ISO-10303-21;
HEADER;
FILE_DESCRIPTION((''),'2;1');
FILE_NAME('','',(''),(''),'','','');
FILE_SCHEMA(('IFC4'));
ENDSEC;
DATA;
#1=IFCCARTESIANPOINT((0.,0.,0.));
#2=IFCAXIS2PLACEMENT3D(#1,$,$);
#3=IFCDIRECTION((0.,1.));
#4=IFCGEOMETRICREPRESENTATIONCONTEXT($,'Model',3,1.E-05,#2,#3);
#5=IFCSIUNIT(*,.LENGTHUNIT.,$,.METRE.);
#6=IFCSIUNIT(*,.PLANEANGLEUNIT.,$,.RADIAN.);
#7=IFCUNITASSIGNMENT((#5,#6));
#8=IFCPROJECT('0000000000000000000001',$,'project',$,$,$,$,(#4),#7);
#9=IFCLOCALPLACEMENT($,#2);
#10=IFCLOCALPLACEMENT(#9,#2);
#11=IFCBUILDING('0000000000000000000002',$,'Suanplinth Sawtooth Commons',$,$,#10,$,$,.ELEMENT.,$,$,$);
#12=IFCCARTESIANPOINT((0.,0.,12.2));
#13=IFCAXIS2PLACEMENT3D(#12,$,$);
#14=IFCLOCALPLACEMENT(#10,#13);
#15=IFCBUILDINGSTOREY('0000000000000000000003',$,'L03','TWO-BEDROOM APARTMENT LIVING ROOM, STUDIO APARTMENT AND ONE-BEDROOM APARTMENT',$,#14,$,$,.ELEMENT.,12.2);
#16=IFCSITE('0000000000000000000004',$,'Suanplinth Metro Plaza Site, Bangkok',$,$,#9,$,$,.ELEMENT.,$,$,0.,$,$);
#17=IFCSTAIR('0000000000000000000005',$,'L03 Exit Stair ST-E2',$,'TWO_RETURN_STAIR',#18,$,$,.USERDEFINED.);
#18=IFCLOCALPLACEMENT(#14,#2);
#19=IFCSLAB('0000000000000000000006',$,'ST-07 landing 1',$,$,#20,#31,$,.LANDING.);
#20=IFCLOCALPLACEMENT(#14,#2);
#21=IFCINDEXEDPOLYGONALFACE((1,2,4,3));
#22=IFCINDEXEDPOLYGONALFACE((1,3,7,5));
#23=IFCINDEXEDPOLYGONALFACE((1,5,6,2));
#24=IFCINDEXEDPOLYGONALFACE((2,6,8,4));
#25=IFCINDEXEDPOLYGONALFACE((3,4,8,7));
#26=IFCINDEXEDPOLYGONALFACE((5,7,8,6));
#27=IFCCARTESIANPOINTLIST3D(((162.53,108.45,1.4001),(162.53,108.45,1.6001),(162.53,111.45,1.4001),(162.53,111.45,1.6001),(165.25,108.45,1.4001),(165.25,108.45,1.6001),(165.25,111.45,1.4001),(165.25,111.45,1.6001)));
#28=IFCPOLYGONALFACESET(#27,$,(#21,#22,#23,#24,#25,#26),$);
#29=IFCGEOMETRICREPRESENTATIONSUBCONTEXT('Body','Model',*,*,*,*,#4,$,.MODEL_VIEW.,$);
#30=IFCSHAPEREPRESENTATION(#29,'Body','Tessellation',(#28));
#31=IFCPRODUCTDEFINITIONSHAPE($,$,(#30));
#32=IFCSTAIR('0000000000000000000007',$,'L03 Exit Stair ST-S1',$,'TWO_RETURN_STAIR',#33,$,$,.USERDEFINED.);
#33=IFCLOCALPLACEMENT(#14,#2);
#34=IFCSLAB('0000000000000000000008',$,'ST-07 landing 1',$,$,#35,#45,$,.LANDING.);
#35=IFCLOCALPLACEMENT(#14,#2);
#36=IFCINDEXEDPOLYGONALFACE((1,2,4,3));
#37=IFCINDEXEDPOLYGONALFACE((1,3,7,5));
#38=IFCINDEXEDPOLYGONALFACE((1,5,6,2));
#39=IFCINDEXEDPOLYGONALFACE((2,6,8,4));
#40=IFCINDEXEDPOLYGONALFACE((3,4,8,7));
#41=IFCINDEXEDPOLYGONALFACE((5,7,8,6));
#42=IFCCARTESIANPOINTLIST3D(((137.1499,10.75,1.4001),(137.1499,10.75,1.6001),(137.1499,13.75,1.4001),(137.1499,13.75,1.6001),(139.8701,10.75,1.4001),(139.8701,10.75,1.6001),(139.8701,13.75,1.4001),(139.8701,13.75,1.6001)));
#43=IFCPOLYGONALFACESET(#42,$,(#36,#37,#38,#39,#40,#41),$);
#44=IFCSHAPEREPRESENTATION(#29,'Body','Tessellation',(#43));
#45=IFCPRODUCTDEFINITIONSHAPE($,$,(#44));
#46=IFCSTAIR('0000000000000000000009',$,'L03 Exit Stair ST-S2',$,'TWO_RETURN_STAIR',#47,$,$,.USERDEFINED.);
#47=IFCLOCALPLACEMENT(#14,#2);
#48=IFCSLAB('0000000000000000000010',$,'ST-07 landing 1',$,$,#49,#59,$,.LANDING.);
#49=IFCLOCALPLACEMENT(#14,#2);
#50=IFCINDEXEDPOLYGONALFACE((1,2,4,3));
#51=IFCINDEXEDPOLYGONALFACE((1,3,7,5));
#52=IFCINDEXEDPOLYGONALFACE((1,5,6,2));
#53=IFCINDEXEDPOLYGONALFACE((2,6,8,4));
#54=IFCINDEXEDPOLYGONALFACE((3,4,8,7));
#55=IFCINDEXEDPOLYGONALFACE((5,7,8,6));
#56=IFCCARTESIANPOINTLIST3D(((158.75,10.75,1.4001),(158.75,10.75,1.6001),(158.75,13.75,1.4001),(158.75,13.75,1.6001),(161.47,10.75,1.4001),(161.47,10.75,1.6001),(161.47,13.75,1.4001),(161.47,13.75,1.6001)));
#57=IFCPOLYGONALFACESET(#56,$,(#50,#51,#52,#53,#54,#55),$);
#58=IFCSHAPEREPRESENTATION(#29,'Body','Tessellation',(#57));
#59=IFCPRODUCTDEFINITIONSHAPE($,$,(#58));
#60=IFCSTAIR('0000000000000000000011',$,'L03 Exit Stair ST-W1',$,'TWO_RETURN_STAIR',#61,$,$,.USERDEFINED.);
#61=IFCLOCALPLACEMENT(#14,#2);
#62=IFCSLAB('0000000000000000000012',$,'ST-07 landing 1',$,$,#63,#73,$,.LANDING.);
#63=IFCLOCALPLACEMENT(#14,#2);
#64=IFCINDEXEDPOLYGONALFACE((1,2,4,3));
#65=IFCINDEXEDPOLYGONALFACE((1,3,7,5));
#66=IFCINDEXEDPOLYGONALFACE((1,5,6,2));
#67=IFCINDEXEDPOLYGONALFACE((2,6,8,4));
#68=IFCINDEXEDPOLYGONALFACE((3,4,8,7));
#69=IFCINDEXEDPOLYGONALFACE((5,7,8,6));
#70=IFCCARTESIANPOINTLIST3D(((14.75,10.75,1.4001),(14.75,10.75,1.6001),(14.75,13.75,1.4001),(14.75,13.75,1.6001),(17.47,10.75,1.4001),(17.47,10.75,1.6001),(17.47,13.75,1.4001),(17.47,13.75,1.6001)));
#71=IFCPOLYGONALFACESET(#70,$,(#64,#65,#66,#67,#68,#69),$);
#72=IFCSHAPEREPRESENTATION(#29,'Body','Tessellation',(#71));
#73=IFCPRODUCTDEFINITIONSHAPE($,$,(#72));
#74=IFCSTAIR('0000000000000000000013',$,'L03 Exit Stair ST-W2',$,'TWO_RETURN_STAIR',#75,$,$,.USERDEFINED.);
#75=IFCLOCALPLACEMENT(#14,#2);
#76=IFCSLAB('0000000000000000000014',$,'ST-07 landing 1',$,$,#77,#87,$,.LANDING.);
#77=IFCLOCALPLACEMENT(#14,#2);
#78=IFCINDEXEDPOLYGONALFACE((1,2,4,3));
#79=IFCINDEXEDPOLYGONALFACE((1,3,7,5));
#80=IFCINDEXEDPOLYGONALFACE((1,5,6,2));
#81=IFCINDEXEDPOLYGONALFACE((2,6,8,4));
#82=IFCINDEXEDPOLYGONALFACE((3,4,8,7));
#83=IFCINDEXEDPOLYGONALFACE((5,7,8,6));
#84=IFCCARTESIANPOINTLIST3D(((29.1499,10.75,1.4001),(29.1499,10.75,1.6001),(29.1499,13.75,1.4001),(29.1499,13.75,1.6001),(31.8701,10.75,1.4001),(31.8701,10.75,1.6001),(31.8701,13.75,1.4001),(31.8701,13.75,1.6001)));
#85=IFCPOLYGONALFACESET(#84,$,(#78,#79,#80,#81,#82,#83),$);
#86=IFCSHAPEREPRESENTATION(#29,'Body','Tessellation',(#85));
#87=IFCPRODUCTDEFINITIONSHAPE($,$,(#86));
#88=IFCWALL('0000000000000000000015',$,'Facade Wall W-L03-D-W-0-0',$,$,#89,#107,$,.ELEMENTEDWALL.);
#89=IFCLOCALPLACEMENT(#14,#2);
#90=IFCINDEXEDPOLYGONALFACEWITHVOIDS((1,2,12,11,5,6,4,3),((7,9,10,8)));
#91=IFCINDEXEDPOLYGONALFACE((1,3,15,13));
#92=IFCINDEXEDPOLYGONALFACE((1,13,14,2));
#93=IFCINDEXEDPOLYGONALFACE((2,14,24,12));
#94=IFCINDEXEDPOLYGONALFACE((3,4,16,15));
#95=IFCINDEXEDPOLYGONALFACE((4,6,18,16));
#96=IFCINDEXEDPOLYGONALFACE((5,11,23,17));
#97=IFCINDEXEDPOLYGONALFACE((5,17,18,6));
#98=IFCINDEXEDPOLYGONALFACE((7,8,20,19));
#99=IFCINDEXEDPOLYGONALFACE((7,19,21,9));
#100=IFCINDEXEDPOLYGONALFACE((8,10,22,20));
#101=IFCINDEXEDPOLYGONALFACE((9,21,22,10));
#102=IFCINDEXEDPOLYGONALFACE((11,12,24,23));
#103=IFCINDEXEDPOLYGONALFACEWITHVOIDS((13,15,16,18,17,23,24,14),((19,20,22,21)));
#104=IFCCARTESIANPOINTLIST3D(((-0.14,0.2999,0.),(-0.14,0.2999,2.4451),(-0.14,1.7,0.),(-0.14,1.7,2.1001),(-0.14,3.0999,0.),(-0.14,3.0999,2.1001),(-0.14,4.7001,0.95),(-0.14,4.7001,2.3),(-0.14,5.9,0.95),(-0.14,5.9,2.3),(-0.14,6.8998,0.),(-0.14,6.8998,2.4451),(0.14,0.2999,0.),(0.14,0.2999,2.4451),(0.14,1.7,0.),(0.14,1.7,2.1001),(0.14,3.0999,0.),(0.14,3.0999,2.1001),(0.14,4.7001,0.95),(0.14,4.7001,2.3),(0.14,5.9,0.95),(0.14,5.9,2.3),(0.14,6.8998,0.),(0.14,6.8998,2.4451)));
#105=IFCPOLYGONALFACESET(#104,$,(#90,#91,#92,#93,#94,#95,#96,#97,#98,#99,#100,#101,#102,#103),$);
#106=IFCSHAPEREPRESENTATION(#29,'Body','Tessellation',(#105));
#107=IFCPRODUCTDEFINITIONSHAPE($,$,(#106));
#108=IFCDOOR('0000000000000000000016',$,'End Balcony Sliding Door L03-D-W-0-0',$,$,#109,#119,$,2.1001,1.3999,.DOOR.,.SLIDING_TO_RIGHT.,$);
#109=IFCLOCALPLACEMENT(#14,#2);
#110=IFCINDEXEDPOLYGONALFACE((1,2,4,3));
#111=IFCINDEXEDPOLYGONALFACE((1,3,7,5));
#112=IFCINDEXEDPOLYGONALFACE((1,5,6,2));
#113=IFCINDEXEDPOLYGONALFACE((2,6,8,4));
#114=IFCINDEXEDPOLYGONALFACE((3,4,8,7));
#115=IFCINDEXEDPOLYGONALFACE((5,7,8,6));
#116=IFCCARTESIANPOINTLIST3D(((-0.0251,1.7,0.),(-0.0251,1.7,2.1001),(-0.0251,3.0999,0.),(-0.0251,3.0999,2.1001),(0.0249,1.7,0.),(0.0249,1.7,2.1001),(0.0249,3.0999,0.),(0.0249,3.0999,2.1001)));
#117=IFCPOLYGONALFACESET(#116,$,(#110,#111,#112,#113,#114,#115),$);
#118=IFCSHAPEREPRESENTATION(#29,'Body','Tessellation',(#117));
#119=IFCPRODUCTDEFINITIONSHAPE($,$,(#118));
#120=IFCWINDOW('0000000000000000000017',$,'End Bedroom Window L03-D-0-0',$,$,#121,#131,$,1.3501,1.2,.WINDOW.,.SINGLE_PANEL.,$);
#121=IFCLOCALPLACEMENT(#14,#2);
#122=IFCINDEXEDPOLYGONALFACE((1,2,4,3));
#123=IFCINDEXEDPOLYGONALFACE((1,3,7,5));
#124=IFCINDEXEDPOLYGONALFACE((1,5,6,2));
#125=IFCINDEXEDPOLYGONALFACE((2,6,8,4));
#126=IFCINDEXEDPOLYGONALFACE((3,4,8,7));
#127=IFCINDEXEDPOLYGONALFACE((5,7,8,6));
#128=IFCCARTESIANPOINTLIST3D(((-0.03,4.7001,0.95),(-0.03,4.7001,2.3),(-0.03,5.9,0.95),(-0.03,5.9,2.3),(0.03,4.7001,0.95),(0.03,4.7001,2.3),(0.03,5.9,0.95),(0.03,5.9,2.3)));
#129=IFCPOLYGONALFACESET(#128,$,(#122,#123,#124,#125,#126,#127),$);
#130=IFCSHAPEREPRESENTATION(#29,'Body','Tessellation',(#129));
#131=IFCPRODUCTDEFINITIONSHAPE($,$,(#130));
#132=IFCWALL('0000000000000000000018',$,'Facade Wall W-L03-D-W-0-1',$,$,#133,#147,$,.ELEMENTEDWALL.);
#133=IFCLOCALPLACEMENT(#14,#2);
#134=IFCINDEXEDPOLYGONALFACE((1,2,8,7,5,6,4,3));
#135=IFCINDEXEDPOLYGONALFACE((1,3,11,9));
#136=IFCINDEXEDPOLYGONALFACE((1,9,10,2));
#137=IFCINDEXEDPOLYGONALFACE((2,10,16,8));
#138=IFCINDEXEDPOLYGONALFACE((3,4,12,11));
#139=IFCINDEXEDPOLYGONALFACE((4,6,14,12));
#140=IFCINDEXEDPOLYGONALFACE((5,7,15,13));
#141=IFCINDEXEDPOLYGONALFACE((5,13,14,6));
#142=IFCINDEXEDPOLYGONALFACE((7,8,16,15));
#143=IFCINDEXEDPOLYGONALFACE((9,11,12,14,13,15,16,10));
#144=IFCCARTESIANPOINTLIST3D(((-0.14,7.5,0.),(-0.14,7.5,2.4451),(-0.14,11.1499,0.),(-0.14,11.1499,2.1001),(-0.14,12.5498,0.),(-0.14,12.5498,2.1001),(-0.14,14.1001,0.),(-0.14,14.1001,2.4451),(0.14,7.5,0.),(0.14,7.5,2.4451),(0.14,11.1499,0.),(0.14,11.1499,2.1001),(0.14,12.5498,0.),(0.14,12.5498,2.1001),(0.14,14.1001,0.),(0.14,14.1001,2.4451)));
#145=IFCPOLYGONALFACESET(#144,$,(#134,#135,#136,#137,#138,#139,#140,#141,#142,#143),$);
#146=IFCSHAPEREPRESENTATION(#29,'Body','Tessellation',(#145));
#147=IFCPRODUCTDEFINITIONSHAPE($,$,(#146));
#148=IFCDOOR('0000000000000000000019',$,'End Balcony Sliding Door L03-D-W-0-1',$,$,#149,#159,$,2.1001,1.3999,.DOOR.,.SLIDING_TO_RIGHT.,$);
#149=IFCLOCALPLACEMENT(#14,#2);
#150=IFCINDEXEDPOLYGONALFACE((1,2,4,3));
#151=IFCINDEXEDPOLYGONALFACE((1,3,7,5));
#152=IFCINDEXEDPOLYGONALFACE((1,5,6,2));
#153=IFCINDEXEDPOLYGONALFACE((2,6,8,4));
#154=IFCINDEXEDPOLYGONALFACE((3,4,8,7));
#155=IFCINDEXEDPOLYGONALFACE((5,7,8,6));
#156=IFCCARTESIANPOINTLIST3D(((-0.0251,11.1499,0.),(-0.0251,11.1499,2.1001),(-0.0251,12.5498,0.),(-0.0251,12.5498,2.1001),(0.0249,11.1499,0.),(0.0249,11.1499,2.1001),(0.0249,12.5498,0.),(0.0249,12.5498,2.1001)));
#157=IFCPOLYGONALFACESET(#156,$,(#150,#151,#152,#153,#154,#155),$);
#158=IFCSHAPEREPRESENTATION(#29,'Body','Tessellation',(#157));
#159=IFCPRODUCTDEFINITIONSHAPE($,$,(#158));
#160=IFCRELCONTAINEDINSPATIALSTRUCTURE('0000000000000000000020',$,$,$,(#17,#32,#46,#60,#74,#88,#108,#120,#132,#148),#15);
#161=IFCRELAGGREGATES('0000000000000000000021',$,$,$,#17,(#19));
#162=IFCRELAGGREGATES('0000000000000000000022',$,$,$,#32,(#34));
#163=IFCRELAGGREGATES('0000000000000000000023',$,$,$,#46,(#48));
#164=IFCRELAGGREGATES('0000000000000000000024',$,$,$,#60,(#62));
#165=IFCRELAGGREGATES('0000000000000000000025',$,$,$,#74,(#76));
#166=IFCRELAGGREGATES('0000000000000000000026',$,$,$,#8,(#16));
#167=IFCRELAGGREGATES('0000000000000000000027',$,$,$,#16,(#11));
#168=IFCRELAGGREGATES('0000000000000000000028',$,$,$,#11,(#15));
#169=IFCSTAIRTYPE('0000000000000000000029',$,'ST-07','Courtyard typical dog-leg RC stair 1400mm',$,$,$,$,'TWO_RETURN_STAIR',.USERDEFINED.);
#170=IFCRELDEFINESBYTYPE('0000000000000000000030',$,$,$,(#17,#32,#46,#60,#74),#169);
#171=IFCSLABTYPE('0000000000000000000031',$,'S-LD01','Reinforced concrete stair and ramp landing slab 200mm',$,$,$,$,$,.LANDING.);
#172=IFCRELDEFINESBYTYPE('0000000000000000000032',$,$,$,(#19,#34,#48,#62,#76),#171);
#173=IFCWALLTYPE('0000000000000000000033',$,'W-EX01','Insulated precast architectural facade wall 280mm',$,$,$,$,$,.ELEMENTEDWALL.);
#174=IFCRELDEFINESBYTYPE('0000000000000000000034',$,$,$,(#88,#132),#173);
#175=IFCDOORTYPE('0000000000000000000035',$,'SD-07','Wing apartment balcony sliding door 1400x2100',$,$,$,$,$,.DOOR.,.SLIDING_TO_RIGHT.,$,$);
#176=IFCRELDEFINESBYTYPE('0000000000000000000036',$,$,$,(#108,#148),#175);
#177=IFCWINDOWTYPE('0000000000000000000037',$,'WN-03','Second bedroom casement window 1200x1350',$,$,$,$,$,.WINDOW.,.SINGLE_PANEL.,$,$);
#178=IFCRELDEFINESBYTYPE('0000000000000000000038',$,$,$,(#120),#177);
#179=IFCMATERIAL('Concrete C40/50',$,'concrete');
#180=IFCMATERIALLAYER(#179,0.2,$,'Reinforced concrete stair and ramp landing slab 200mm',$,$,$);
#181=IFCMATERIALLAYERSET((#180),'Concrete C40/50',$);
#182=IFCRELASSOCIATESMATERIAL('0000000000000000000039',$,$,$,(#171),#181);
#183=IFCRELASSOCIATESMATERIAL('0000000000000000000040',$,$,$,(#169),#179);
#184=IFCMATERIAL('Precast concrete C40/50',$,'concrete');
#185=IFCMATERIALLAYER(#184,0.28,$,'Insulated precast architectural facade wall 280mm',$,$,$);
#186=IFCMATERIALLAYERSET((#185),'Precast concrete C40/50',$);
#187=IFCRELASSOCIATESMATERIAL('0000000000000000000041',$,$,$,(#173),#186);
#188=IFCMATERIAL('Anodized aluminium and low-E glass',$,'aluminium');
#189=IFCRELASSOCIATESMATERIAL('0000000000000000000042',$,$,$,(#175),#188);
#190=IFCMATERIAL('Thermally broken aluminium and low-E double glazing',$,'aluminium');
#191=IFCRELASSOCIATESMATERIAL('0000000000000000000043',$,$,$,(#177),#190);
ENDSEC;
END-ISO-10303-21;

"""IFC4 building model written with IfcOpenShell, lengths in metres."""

from ifc_helpers import new_model, si_unit, direction, frame, frame_2d, origin, place, context, subcontext, project, spatial, polyline, rectangle, outline, extrude, material, layer, layer_set, type_object, element, fill, aggregate, save


model = new_model("IFC4")

# Units and contexts
model_context = context("Model", 3, precision=1e-05, world=origin(), true_north=direction((0.0, 1.0)))
body_context = subcontext(model_context, "Body", "Model", "MODEL_VIEW")
ifc_project = project(units=[si_unit("LENGTHUNIT", "METRE"), si_unit("PLANEANGLEUNIT", "RADIAN")], contexts=[model_context])

# Site, building, storey
site_placement = place(None, origin())
site = spatial("IfcSite", under=ifc_project, at=site_placement, Name="Suanplinth Metro Plaza Site, Bangkok", CompositionType="ELEMENT", RefElevation=0.0)
building_placement = place(site_placement, origin())
building = spatial("IfcBuilding", under=site, at=building_placement, Name="Suanplinth Sawtooth Commons", CompositionType="ELEMENT")
storey_placement = place(building_placement, frame((0.0, 0.0, 12.2)))
storey = spatial("IfcBuildingStorey", under=building, at=storey_placement, Name="L03", Description="TWO-BEDROOM APARTMENT LIVING ROOM, STUDIO APARTMENT AND ONE-BEDROOM APARTMENT", CompositionType="ELEMENT", Elevation=12.2)

# Shared definitions
ifc_material_1 = material(Name="Precast concrete C40/50", Category="concrete")

# Stairs, slabs
ifc_material_2 = material(Name="Concrete C40/50", Category="concrete")
ifc_layer_1 = layer(ifc_material_2, 0.2, Name="Reinforced concrete stair and ramp landing slab 200mm")
ifc_layer_set_1 = layer_set([ifc_layer_1], Name="Concrete C40/50")
slab_type_1 = type_object("IfcSlabType", Name="S-LD01", Description="Reinforced concrete stair and ramp landing slab 200mm", PredefinedType="LANDING", material=ifc_layer_set_1)
stair_type_1 = type_object("IfcStairType", Name="ST-07", Description="Courtyard typical dog-leg RC stair 1400mm", ElementType="TWO_RETURN_STAIR", PredefinedType="USERDEFINED", material=ifc_material_2)
stair_1_placement = place(storey_placement, origin())
stair_1 = element("IfcStair", 1, at=stair_1_placement, inside=storey, type_object=stair_type_1, Name="L03 Exit Stair ST-E2", ObjectType="TWO_RETURN_STAIR", PredefinedType="USERDEFINED")
slab_1_placement = place(storey_placement, frame((0.0, 0.0, 1.4001)))
slab_1 = element("IfcSlab", 2, at=slab_1_placement, type_object=slab_type_1, Name="ST-07 landing 1", PredefinedType="LANDING", context=body_context, shape_type="SweptSolid", body=[
    extrude(outline(polyline([(162.53, 108.45), (165.25, 108.45), (165.25, 111.45), (162.53, 111.45), (162.53, 108.45)])), origin(), (0.0, 0.0, 1.0), 0.2),
])
aggregate(stair_1, [slab_1])
stair_2_placement = place(storey_placement, origin())
stair_2 = element("IfcStair", 3, at=stair_2_placement, inside=storey, type_object=stair_type_1, Name="L03 Exit Stair ST-S1", ObjectType="TWO_RETURN_STAIR", PredefinedType="USERDEFINED")
slab_2_placement = place(storey_placement, frame((0.0, 0.0, 1.4001)))
slab_2 = element("IfcSlab", 4, at=slab_2_placement, type_object=slab_type_1, Name="ST-07 landing 1", PredefinedType="LANDING", context=body_context, shape_type="SweptSolid", body=[
    extrude(outline(polyline([(139.8701, 13.75), (137.1499, 13.75), (137.1499, 10.75), (139.8701, 10.75), (139.8701, 13.75)])), origin(), (0.0, 0.0, 1.0), 0.2),
])
aggregate(stair_2, [slab_2])
stair_3_placement = place(storey_placement, origin())
stair_3 = element("IfcStair", 5, at=stair_3_placement, inside=storey, type_object=stair_type_1, Name="L03 Exit Stair ST-S2", ObjectType="TWO_RETURN_STAIR", PredefinedType="USERDEFINED")
slab_3_placement = place(storey_placement, frame((0.0, 0.0, 1.4001)))
slab_3 = element("IfcSlab", 6, at=slab_3_placement, type_object=slab_type_1, Name="ST-07 landing 1", PredefinedType="LANDING", context=body_context, shape_type="SweptSolid", body=[
    extrude(outline(polyline([(161.47, 13.75), (158.75, 13.75), (158.75, 10.75), (161.47, 10.75), (161.47, 13.75)])), origin(), (0.0, 0.0, 1.0), 0.2),
])
aggregate(stair_3, [slab_3])
stair_4_placement = place(storey_placement, origin())
stair_4 = element("IfcStair", 7, at=stair_4_placement, inside=storey, type_object=stair_type_1, Name="L03 Exit Stair ST-W1", ObjectType="TWO_RETURN_STAIR", PredefinedType="USERDEFINED")
slab_4_placement = place(storey_placement, frame((0.0, 0.0, 1.4001)))
slab_4 = element("IfcSlab", 8, at=slab_4_placement, type_object=slab_type_1, Name="ST-07 landing 1", PredefinedType="LANDING", context=body_context, shape_type="SweptSolid", body=[
    extrude(outline(polyline([(17.47, 13.75), (14.75, 13.75), (14.75, 10.75), (17.47, 10.75), (17.47, 13.75)])), origin(), (0.0, 0.0, 1.0), 0.2),
])
aggregate(stair_4, [slab_4])
stair_5_placement = place(storey_placement, origin())
stair_5 = element("IfcStair", 9, at=stair_5_placement, inside=storey, type_object=stair_type_1, Name="L03 Exit Stair ST-W2", ObjectType="TWO_RETURN_STAIR", PredefinedType="USERDEFINED")
slab_5_placement = place(storey_placement, frame((0.0, 0.0, 1.4001)))
slab_5 = element("IfcSlab", 10, at=slab_5_placement, type_object=slab_type_1, Name="ST-07 landing 1", PredefinedType="LANDING", context=body_context, shape_type="SweptSolid", body=[
    extrude(outline(polyline([(31.8701, 13.75), (29.1499, 13.75), (29.1499, 10.75), (31.8701, 10.75), (31.8701, 13.75)])), origin(), (0.0, 0.0, 1.0), 0.2),
])
aggregate(stair_5, [slab_5])

# Wall, openings, door, window
ifc_layer_2 = layer(ifc_material_1, 0.28, Name="Insulated precast architectural facade wall 280mm")
ifc_layer_set_2 = layer_set([ifc_layer_2], Name="Precast concrete C40/50")
wall_type_1 = type_object("IfcWallType", Name="W-EX01", Description="Insulated precast architectural facade wall 280mm", PredefinedType="ELEMENTEDWALL", material=ifc_layer_set_2)
ifc_material_3 = material(Name="Anodized aluminium and low-E glass", Category="aluminium")
ifc_material_4 = material(Name="Thermally broken aluminium and low-E double glazing", Category="aluminium")
wall_1_placement = place(storey_placement, frame((0.0, 0.3, 0.0), z_axis=(0.0, 0.0, 1.0), x_axis=(0.0, 1.0, 0.0)))
wall_1 = element("IfcWall", 11, at=wall_1_placement, inside=storey, type_object=wall_type_1, Name="Facade Wall W-L03-D-W-0-0", PredefinedType="ELEMENTEDWALL", context=body_context, shape_type="SweptSolid", body=[
    extrude(rectangle(XDim=6.5999, YDim=0.28, at=frame_2d((3.2998, 0.0))), origin(), (0.0, 0.0, 1.0), 2.4451),
])
opening_1_placement = place(wall_1_placement, frame((1.3999, 0.0, 0.0)))
opening_1 = element("IfcOpeningElement", 12, at=opening_1_placement, cuts=wall_1, PredefinedType="OPENING", context=body_context, shape_type="SweptSolid", body=[
    extrude(rectangle(XDim=1.3999, YDim=2.1001, at=frame_2d((0.7, 1.05))), frame((0.0, 0.1548, 0.0), z_axis=(0.0, -1.0, 0.0), x_axis=(1.0, 0.0, 0.0)), (0.0, 0.0, 1.0), 0.3098),
])
opening_2_placement = place(wall_1_placement, frame((4.3999, 0.0, 0.95)))
opening_2 = element("IfcOpeningElement", 13, at=opening_2_placement, cuts=wall_1, PredefinedType="OPENING", context=body_context, shape_type="SweptSolid", body=[
    extrude(rectangle(XDim=1.2, YDim=1.3501, at=frame_2d((0.6001, 0.675))), frame((0.0, 0.1548, 0.0), z_axis=(0.0, -1.0, 0.0), x_axis=(1.0, 0.0, 0.0)), (0.0, 0.0, 1.0), 0.3098),
])
door_type_1 = type_object("IfcDoorType", Name="SD-07", Description="Wing apartment balcony sliding door 1400x2100", OperationType="SLIDING_TO_RIGHT", PredefinedType="DOOR", material=ifc_material_3)
door_1_placement = place(opening_1_placement, frame((1.3999, 0.0, 0.0), z_axis=(0.0, 0.0, 1.0), x_axis=(-1.0, 0.0, 0.0)))
door_1 = element("IfcDoor", 14, at=door_1_placement, inside=storey, type_object=door_type_1, Name="End Balcony Sliding Door L03-D-W-0-0", OperationType="SLIDING_TO_RIGHT", OverallHeight=2.1001, OverallWidth=1.3999, PredefinedType="DOOR", context=body_context, shape_type="SweptSolid", body=[
    extrude(rectangle(XDim=1.3999, YDim=2.1001, at=frame_2d((0.7, 1.05))), frame((0.0, 0.0249, 0.0), z_axis=(0.0, -1.0, 0.0), x_axis=(1.0, 0.0, 0.0)), (0.0, 0.0, 1.0), 0.05),
])
fill(opening_1, door_1)
window_type_1 = type_object("IfcWindowType", Name="WN-03", Description="Second bedroom casement window 1200x1350", PartitioningType="SINGLE_PANEL", PredefinedType="WINDOW", material=ifc_material_4)
window_1_placement = place(opening_2_placement, origin())
window_1 = element("IfcWindow", 15, at=window_1_placement, inside=storey, type_object=window_type_1, Name="End Bedroom Window L03-D-0-0", OverallHeight=1.3501, OverallWidth=1.2, PartitioningType="SINGLE_PANEL", PredefinedType="WINDOW", context=body_context, shape_type="SweptSolid", body=[
    extrude(rectangle(XDim=1.2, YDim=1.3501, at=frame_2d((0.6001, 0.675))), frame((0.0, 0.03, 0.0), z_axis=(0.0, -1.0, 0.0), x_axis=(1.0, 0.0, 0.0)), (0.0, 0.0, 1.0), 0.0601),
])
fill(opening_2, window_1)

# Wall, opening, door
wall_2_placement = place(storey_placement, frame((0.0, 7.5, 0.0), z_axis=(0.0, 0.0, 1.0), x_axis=(0.0, 1.0, 0.0)))
wall_2 = element("IfcWall", 16, at=wall_2_placement, inside=storey, type_object=wall_type_1, Name="Facade Wall W-L03-D-W-0-1", PredefinedType="ELEMENTEDWALL", context=body_context, shape_type="SweptSolid", body=[
    extrude(rectangle(XDim=6.6001, YDim=0.28, at=frame_2d((3.3, 0.0))), origin(), (0.0, 0.0, 1.0), 2.4451),
])
opening_3_placement = place(wall_2_placement, frame((3.6499, 0.0, 0.0)))
opening_3 = element("IfcOpeningElement", 17, at=opening_3_placement, cuts=wall_2, PredefinedType="OPENING", context=body_context, shape_type="SweptSolid", body=[
    extrude(rectangle(XDim=1.3999, YDim=2.1001, at=frame_2d((0.7, 1.05))), frame((0.0, 0.1548, 0.0), z_axis=(0.0, -1.0, 0.0), x_axis=(1.0, 0.0, 0.0)), (0.0, 0.0, 1.0), 0.3098),
])
door_2_placement = place(opening_3_placement, frame((1.3999, 0.0, 0.0), z_axis=(0.0, 0.0, 1.0), x_axis=(-1.0, 0.0, 0.0)))
door_2 = element("IfcDoor", 18, at=door_2_placement, inside=storey, type_object=door_type_1, Name="End Balcony Sliding Door L03-D-W-0-1", OperationType="SLIDING_TO_RIGHT", OverallHeight=2.1001, OverallWidth=1.3999, PredefinedType="DOOR", context=body_context, shape_type="SweptSolid", body=[
    extrude(rectangle(XDim=1.3999, YDim=2.1001, at=frame_2d((0.7, 1.05))), frame((0.0, 0.0249, 0.0), z_axis=(0.0, -1.0, 0.0), x_axis=(1.0, 0.0, 0.0)), (0.0, 0.0, 1.0), 0.05),
])
fill(opening_3, door_2)

save(model, "model.ifc")
